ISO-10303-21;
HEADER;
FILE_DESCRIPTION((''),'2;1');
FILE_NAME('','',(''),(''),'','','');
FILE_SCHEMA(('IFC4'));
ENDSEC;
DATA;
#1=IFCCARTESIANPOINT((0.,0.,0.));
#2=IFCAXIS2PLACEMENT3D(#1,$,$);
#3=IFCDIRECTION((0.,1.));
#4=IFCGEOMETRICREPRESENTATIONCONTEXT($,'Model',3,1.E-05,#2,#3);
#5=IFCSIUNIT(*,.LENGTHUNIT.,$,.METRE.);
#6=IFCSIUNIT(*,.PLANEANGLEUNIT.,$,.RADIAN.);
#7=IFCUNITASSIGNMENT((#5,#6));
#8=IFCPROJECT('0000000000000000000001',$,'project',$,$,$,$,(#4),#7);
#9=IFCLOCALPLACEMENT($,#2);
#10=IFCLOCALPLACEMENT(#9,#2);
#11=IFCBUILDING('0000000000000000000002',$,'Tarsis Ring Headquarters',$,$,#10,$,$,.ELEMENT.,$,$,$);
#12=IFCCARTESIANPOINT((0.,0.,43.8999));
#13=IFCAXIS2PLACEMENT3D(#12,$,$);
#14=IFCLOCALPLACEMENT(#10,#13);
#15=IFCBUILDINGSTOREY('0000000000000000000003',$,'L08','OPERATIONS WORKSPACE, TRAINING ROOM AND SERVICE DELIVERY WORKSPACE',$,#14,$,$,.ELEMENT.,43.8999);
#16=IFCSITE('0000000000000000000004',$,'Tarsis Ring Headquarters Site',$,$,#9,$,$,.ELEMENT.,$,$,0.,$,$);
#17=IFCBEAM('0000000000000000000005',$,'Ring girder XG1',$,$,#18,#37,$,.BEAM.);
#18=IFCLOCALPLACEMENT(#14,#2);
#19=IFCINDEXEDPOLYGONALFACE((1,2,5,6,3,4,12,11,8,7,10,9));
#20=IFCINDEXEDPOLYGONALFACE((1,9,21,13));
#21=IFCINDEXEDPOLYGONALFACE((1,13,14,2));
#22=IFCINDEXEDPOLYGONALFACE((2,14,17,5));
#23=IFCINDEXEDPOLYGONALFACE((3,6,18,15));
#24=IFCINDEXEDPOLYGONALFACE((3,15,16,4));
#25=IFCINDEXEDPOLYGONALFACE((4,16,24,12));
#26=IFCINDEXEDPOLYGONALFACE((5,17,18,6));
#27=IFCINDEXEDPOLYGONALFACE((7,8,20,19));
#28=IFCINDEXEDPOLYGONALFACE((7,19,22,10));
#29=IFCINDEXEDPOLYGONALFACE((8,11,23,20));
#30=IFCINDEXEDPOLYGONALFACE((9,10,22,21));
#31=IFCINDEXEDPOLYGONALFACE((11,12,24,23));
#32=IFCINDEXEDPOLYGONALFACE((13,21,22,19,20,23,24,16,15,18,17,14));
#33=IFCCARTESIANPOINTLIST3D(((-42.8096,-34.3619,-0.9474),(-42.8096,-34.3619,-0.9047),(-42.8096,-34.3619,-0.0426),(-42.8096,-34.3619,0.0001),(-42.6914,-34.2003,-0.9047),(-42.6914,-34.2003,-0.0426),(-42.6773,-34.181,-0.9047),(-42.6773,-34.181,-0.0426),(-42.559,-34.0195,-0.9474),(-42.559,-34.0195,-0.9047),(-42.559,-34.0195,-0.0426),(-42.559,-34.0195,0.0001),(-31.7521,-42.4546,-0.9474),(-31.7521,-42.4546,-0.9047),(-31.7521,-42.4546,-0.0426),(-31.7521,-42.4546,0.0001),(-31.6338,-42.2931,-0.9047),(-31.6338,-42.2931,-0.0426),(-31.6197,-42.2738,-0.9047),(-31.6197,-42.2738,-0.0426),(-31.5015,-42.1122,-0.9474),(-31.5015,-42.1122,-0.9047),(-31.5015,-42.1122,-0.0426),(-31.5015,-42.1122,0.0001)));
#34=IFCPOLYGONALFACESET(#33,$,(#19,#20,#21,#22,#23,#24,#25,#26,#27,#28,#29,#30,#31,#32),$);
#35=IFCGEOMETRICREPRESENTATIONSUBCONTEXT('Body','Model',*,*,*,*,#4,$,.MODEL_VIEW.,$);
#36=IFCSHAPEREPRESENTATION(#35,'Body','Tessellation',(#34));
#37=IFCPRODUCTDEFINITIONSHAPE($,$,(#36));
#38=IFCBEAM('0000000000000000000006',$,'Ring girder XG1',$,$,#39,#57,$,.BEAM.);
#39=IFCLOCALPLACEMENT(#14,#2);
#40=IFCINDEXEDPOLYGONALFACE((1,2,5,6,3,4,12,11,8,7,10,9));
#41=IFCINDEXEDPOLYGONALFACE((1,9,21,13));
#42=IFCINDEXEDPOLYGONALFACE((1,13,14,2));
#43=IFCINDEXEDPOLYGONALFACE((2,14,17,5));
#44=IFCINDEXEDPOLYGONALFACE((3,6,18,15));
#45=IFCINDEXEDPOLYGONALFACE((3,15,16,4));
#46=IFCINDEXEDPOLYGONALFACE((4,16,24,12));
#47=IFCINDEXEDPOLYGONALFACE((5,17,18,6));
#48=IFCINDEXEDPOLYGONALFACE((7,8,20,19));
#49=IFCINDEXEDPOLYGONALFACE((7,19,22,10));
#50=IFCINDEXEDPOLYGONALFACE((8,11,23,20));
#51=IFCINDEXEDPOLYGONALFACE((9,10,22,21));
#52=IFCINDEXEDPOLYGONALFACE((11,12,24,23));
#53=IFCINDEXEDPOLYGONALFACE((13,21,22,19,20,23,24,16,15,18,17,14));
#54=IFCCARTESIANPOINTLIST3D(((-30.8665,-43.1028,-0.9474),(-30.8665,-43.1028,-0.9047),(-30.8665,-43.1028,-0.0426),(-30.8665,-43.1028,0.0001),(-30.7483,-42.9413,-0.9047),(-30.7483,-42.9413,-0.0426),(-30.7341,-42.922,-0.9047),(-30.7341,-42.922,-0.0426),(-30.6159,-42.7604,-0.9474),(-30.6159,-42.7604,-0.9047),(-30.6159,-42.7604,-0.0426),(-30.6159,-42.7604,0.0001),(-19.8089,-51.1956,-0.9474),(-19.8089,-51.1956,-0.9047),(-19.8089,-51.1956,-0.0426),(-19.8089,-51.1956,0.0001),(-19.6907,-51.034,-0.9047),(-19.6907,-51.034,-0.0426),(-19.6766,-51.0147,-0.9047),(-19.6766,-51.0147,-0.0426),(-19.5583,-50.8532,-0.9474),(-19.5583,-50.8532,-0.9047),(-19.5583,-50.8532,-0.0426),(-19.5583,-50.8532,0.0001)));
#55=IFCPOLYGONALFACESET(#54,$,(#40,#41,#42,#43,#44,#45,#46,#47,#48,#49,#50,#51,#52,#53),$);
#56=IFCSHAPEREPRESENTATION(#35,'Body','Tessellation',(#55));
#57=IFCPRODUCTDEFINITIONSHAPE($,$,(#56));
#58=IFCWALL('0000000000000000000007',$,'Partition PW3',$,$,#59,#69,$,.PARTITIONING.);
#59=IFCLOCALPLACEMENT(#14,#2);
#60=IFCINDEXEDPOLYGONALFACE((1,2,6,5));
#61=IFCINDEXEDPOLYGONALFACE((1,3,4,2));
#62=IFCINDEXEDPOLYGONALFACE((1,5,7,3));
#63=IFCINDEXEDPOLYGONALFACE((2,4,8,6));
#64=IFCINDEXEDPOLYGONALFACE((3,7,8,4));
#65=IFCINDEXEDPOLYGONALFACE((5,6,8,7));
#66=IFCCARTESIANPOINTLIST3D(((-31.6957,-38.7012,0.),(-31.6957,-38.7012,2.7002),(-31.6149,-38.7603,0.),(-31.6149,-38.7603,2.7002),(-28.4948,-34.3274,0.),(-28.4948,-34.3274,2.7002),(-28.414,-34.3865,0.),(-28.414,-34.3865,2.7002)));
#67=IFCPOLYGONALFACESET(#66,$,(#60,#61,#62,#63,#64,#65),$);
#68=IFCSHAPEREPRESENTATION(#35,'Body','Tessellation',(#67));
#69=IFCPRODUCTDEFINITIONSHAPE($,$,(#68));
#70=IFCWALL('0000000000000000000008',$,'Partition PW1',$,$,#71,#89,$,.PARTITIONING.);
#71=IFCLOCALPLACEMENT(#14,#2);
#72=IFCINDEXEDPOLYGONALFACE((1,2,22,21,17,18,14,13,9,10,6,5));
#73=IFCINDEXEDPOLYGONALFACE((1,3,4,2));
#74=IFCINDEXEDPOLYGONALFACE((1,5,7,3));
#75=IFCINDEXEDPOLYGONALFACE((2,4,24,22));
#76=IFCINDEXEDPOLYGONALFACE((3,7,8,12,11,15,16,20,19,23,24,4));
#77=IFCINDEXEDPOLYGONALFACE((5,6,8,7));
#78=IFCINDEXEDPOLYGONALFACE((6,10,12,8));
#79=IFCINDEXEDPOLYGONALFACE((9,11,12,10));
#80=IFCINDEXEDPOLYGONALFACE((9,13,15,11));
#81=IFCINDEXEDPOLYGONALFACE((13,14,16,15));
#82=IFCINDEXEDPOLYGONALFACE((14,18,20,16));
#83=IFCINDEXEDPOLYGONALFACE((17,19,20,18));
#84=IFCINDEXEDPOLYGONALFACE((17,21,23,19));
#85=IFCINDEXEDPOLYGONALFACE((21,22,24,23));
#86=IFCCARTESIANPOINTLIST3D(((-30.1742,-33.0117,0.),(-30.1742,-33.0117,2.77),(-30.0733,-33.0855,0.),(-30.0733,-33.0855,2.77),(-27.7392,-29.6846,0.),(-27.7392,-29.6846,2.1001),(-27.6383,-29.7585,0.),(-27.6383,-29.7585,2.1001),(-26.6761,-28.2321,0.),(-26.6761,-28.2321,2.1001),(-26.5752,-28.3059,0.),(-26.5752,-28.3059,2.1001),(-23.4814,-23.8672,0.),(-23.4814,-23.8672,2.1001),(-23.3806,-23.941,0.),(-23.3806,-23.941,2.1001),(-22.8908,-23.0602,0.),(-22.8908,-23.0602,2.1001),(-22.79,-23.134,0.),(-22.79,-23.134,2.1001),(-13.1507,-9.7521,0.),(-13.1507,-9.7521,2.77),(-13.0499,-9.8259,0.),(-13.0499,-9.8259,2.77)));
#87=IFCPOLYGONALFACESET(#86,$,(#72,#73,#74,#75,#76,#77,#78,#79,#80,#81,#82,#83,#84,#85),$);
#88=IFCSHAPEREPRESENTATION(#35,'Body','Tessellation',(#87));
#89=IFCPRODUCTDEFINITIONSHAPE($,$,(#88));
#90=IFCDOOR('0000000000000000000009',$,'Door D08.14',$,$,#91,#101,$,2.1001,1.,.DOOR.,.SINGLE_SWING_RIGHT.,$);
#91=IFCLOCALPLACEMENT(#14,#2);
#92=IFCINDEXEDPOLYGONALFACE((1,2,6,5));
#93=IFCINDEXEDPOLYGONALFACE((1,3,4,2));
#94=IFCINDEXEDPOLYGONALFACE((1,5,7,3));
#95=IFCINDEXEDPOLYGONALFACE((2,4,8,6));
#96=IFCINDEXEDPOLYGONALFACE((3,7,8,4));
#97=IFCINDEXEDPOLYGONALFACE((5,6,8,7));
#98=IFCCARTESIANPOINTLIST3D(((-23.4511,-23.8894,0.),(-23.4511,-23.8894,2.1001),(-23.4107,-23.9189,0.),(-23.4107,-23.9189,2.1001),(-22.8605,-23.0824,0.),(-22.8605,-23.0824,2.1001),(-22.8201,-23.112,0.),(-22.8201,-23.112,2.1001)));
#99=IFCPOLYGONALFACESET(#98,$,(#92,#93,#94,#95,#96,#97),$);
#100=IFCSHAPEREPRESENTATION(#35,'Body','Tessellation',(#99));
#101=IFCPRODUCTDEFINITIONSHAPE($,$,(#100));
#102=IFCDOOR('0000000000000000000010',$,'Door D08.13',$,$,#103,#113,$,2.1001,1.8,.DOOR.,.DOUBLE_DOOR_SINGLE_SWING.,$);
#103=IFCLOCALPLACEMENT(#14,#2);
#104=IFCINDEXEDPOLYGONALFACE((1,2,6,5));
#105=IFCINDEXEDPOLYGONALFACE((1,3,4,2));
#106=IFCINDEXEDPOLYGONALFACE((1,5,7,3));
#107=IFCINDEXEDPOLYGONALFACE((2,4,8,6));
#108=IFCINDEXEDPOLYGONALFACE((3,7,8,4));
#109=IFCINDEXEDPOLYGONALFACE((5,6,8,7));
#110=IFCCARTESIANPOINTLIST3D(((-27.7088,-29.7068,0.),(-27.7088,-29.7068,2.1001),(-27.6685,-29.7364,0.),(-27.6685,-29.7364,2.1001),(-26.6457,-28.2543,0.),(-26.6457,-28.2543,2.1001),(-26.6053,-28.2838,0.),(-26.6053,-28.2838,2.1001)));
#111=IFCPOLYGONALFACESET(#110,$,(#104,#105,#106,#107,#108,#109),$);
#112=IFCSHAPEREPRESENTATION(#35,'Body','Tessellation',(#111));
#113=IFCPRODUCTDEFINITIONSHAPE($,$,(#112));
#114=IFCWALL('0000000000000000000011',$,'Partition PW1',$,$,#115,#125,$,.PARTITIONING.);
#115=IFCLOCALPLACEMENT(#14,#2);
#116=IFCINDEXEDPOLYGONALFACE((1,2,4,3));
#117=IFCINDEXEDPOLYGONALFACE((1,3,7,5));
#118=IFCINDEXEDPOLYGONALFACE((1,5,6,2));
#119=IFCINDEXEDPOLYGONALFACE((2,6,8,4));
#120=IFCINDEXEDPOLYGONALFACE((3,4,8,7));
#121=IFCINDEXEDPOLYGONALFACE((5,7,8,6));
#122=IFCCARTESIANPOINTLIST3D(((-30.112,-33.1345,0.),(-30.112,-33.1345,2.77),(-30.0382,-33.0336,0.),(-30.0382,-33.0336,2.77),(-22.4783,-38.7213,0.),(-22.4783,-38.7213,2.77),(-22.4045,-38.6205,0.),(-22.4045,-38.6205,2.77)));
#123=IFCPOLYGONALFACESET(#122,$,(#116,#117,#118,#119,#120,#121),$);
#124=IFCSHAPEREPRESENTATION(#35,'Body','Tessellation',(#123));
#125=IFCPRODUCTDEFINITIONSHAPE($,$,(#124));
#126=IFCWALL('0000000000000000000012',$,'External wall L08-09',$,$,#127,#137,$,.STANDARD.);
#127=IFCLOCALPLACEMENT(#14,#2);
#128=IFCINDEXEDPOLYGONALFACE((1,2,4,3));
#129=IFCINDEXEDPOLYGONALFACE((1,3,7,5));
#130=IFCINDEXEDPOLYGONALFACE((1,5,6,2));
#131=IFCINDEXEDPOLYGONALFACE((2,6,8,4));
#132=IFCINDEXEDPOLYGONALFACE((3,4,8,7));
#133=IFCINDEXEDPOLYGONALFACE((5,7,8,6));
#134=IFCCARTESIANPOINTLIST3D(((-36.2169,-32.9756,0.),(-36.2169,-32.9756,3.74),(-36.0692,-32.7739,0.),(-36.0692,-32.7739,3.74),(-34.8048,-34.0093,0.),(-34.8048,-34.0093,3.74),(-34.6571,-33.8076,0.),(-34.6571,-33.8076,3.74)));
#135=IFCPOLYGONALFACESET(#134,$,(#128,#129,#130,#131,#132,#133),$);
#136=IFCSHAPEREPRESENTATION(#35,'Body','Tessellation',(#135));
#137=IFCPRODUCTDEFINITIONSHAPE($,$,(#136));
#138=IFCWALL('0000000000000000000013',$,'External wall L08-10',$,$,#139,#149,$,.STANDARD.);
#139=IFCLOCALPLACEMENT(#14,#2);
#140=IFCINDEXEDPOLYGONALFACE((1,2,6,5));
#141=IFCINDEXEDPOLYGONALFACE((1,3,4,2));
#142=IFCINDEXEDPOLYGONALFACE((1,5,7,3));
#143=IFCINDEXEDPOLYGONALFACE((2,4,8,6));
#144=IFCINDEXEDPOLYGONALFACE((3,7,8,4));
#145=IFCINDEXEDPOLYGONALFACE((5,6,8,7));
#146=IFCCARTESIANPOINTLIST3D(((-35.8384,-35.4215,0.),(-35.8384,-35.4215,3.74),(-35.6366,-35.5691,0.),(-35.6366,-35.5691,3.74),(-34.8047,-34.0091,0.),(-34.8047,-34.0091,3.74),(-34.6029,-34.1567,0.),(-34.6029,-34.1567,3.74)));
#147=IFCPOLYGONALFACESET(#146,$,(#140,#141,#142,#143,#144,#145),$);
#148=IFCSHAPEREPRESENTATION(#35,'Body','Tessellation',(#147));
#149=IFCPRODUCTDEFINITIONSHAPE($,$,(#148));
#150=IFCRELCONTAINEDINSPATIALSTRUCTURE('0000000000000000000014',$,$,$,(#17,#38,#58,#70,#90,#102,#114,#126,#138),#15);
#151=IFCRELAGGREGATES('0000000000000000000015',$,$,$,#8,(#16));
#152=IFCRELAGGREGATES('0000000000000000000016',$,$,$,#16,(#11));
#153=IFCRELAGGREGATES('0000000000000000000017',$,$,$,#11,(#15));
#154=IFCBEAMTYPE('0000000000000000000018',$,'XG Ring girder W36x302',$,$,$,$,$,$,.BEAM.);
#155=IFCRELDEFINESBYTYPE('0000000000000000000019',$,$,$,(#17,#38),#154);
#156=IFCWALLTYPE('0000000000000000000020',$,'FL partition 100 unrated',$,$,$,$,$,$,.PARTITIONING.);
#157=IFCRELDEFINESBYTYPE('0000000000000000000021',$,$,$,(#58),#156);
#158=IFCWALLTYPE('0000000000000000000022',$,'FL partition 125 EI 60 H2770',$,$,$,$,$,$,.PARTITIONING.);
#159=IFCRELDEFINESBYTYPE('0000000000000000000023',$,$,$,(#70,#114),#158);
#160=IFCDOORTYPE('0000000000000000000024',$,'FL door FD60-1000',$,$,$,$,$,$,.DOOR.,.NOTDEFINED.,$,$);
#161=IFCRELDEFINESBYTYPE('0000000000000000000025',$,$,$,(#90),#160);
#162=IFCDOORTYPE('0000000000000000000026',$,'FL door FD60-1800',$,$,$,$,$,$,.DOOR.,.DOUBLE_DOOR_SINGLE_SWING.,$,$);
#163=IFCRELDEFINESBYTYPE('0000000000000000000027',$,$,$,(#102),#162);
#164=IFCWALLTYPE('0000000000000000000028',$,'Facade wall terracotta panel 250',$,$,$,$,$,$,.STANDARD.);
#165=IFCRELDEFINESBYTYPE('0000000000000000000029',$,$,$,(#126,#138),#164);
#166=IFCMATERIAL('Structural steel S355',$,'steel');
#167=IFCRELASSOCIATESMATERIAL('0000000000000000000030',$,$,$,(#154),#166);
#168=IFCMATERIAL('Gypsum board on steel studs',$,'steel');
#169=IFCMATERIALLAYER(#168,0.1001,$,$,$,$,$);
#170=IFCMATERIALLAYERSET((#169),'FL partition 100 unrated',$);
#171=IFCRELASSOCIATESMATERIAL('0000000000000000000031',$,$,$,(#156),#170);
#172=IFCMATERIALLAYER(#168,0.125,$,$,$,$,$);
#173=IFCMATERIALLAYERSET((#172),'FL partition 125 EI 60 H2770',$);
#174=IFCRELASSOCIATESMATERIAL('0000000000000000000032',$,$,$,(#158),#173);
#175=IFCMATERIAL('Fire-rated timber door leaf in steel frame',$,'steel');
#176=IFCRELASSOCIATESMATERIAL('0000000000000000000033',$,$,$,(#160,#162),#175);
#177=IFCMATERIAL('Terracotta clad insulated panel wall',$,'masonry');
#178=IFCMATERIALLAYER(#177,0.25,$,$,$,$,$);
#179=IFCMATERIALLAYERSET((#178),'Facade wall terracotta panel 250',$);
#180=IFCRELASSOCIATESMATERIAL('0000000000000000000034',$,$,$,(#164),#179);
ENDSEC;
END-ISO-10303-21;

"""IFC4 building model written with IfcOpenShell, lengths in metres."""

from ifc_helpers import new_model, si_unit, direction, frame, frame_2d, origin, origin_2d, place, context, subcontext, project, spatial, rectangle, i_section, extrude, material, layer, layer_set, material_profile, profile_set, type_object, element, fill, save


model = new_model("IFC4")

# Units and contexts
model_context = context("Model", 3, precision=1e-05, world=origin(), true_north=direction((0.0, 1.0)))
body_context = subcontext(model_context, "Body", "Model", "MODEL_VIEW")
ifc_project = project(units=[si_unit("LENGTHUNIT", "METRE"), si_unit("PLANEANGLEUNIT", "RADIAN")], contexts=[model_context])

# Site, building, storey
site_placement = place(None, origin())
site = spatial("IfcSite", under=ifc_project, at=site_placement, Name="Tarsis Ring Headquarters Site", CompositionType="ELEMENT", RefElevation=0.0)
building_placement = place(site_placement, origin())
building = spatial("IfcBuilding", under=site, at=building_placement, Name="Tarsis Ring Headquarters", CompositionType="ELEMENT")
storey_placement = place(building_placement, frame((0.0, 0.0, 43.8999)))
storey = spatial("IfcBuildingStorey", under=building, at=storey_placement, Name="L08", Description="OPERATIONS WORKSPACE, TRAINING ROOM AND SERVICE DELIVERY WORKSPACE", CompositionType="ELEMENT", Elevation=43.8999)

# Beams
ifc_material_1 = material(Name="Structural steel S355", Category="steel")
ifc_material_profile_1 = material_profile(ifc_material_1, i_section(OverallWidth=0.4243, OverallDepth=0.9475, WebThickness=0.0239, FlangeThickness=0.0427, at=origin_2d()), Name="W36x302")
ifc_profile_set_1 = profile_set([ifc_material_profile_1], Name="Structural steel S355")
beam_type = type_object("IfcBeamType", Name="XG Ring girder W36x302", PredefinedType="BEAM", material=ifc_profile_set_1)
for number, where, z_axis, x_axis, name in (
    (1, (-42.6843, -34.1907, -0.4736), (0.806967, -0.590597, 0.0), (0.590597, 0.806967, 0.0), "Ring girder XG1"),
    (2, (-30.7412, -42.9316, -0.4736), (0.806967, -0.590597, 0.0), (0.590597, 0.806967, 0.0), "Ring girder XG1"),
):
    element("IfcBeam", number, at=place(storey_placement, frame(where, z_axis=z_axis, x_axis=x_axis)), inside=storey, type_object=beam_type, Name=name, PredefinedType="BEAM", context=body_context, shape_type="SweptSolid", body=[
        extrude(i_section(OverallWidth=0.4243, OverallDepth=0.9475, WebThickness=0.0239, FlangeThickness=0.0427, at=origin_2d()), origin(), (0.0, 0.0, 1.0), 13.7026),
    ])

# Wall
ifc_material_2 = material(Name="Gypsum board on steel studs", Category="steel")
ifc_layer_1 = layer(ifc_material_2, 0.1001)
ifc_layer_set_1 = layer_set([ifc_layer_1], Name="FL partition 100 unrated")
wall_type_1 = type_object("IfcWallType", Name="FL partition 100 unrated", PredefinedType="PARTITIONING", material=ifc_layer_set_1)
wall_1_placement = place(storey_placement, frame((-31.6553, -38.7307, 0.0), z_axis=(0.0, 0.0, 1.0), x_axis=(0.590582, 0.806977, 0.0)))
element("IfcWall", 3, at=wall_1_placement, inside=storey, type_object=wall_type_1, Name="Partition PW3", PredefinedType="PARTITIONING", context=body_context, shape_type="SweptSolid", body=[
    extrude(rectangle(XDim=5.4199, YDim=0.1001, at=frame_2d((2.71, 0.0))), origin(), (0.0, 0.0, 1.0), 2.7002),
])

# Wall, openings, doors
ifc_layer_2 = layer(ifc_material_2, 0.125)
ifc_layer_set_2 = layer_set([ifc_layer_2], Name="FL partition 125 EI 60 H2770")
wall_type_2 = type_object("IfcWallType", Name="FL partition 125 EI 60 H2770", PredefinedType="PARTITIONING", material=ifc_layer_set_2)
wall_2_placement = place(storey_placement, frame((-30.1238, -33.0486, 0.0), z_axis=(0.0, 0.0, 1.0), x_axis=(0.590607, 0.80696, 0.0)))
wall_2 = element("IfcWall", 4, at=wall_2_placement, inside=storey, type_object=wall_type_2, Name="Partition PW1", PredefinedType="PARTITIONING", context=body_context, shape_type="SweptSolid", body=[
    extrude(rectangle(XDim=28.8237, YDim=0.125, at=frame_2d((14.4119, 0.0))), origin(), (0.0, 0.0, 1.0), 2.77),
])
opening_1_placement = place(wall_2_placement, frame((4.123, 0.0, 0.0)))
opening_1 = element("IfcOpeningElement", 5, at=opening_1_placement, cuts=wall_2, PredefinedType="OPENING", context=body_context, shape_type="SweptSolid", body=[
    extrude(rectangle(XDim=1.8, YDim=2.1001, at=frame_2d((0.8999, 1.05))), frame((0.0, 0.0725, 0.0), z_axis=(0.0, -1.0, 0.0), x_axis=(1.0, 0.0, 0.0)), (0.0, 0.0, 1.0), 0.145),
])
opening_2_placement = place(wall_2_placement, frame((11.332, 0.0, 0.0)))
opening_2 = element("IfcOpeningElement", 6, at=opening_2_placement, cuts=wall_2, PredefinedType="OPENING", context=body_context, shape_type="SweptSolid", body=[
    extrude(rectangle(XDim=1.0, YDim=2.1001, at=frame_2d((0.5, 1.05))), frame((0.0, 0.0725, 0.0), z_axis=(0.0, -1.0, 0.0), x_axis=(1.0, 0.0, 0.0)), (0.0, 0.0, 1.0), 0.145),
])
ifc_material_3 = material(Name="Fire-rated timber door leaf in steel frame", Category="steel")
door_type_1 = type_object("IfcDoorType", Name="FL door FD60-1000", OperationType="NOTDEFINED", PredefinedType="DOOR", material=ifc_material_3)
door_1_placement = place(opening_2_placement, origin())
door_1 = element("IfcDoor", 7, at=door_1_placement, inside=storey, type_object=door_type_1, Name="Door D08.14", OperationType="SINGLE_SWING_RIGHT", OverallHeight=2.1001, OverallWidth=1.0, PredefinedType="DOOR", context=body_context, shape_type="SweptSolid", body=[
    extrude(rectangle(XDim=1.0, YDim=2.1001, at=frame_2d((0.5, 1.05))), frame((0.0, 0.0249, 0.0), z_axis=(0.0, -1.0, 0.0), x_axis=(1.0, 0.0, 0.0)), (0.0, 0.0, 1.0), 0.05),
])
fill(opening_2, door_1)
door_type_2 = type_object("IfcDoorType", Name="FL door FD60-1800", OperationType="DOUBLE_DOOR_SINGLE_SWING", PredefinedType="DOOR", material=ifc_material_3)
door_2_placement = place(opening_1_placement, origin())
door_2 = element("IfcDoor", 8, at=door_2_placement, inside=storey, type_object=door_type_2, Name="Door D08.13", OperationType="DOUBLE_DOOR_SINGLE_SWING", OverallHeight=2.1001, OverallWidth=1.8, PredefinedType="DOOR", context=body_context, shape_type="SweptSolid", body=[
    extrude(rectangle(XDim=1.8, YDim=2.1001, at=frame_2d((0.8999, 1.05))), frame((0.0, 0.0249, 0.0), z_axis=(0.0, -1.0, 0.0), x_axis=(1.0, 0.0, 0.0)), (0.0, 0.0, 1.0), 0.05),
])
fill(opening_1, door_2)

# Walls
wall_3_placement = place(storey_placement, frame((-30.0752, -33.084, 0.0), z_axis=(0.0, 0.0, 1.0), x_axis=(0.806969, -0.590594, 0.0)))
element("IfcWall", 9, at=wall_3_placement, inside=storey, type_object=wall_type_2, Name="Partition PW1", PredefinedType="PARTITIONING", context=body_context, shape_type="SweptSolid", body=[
    extrude(rectangle(XDim=9.4597, YDim=0.125, at=frame_2d((4.73, 0.0))), origin(), (0.0, 0.0, 1.0), 2.77),
])
ifc_material_4 = material(Name="Terracotta clad insulated panel wall", Category="masonry")
ifc_layer_3 = layer(ifc_material_4, 0.25)
ifc_layer_set_3 = layer_set([ifc_layer_3], Name="Facade wall terracotta panel 250")
wall_type_3 = type_object("IfcWallType", Name="Facade wall terracotta panel 250", PredefinedType="STANDARD", material=ifc_layer_set_3)
wall_4_placement = place(storey_placement, frame((-36.1431, -32.8748, 0.0), z_axis=(0.0, 0.0, 1.0), x_axis=(0.80691, -0.590674, 0.0)))
element("IfcWall", 10, at=wall_4_placement, inside=storey, type_object=wall_type_3, Name="External wall L08-09", PredefinedType="STANDARD", context=body_context, shape_type="SweptSolid", body=[
    extrude(rectangle(XDim=1.75, YDim=0.25, at=frame_2d((0.875, 0.0))), origin(), (0.0, 0.0, 1.0), 3.74),
])
wall_5_placement = place(storey_placement, frame((-34.7039, -34.083, 0.0), z_axis=(0.0, 0.0, 1.0), x_axis=(-0.590607, -0.806959, 0.0)))
element("IfcWall", 11, at=wall_5_placement, inside=storey, type_object=wall_type_3, Name="External wall L08-10", PredefinedType="STANDARD", context=body_context, shape_type="SweptSolid", body=[
    extrude(rectangle(XDim=1.7502, YDim=0.25, at=frame_2d((0.875, 0.0))), origin(), (0.0, 0.0, 1.0), 3.74),
])

save(model, "model.ifc")
